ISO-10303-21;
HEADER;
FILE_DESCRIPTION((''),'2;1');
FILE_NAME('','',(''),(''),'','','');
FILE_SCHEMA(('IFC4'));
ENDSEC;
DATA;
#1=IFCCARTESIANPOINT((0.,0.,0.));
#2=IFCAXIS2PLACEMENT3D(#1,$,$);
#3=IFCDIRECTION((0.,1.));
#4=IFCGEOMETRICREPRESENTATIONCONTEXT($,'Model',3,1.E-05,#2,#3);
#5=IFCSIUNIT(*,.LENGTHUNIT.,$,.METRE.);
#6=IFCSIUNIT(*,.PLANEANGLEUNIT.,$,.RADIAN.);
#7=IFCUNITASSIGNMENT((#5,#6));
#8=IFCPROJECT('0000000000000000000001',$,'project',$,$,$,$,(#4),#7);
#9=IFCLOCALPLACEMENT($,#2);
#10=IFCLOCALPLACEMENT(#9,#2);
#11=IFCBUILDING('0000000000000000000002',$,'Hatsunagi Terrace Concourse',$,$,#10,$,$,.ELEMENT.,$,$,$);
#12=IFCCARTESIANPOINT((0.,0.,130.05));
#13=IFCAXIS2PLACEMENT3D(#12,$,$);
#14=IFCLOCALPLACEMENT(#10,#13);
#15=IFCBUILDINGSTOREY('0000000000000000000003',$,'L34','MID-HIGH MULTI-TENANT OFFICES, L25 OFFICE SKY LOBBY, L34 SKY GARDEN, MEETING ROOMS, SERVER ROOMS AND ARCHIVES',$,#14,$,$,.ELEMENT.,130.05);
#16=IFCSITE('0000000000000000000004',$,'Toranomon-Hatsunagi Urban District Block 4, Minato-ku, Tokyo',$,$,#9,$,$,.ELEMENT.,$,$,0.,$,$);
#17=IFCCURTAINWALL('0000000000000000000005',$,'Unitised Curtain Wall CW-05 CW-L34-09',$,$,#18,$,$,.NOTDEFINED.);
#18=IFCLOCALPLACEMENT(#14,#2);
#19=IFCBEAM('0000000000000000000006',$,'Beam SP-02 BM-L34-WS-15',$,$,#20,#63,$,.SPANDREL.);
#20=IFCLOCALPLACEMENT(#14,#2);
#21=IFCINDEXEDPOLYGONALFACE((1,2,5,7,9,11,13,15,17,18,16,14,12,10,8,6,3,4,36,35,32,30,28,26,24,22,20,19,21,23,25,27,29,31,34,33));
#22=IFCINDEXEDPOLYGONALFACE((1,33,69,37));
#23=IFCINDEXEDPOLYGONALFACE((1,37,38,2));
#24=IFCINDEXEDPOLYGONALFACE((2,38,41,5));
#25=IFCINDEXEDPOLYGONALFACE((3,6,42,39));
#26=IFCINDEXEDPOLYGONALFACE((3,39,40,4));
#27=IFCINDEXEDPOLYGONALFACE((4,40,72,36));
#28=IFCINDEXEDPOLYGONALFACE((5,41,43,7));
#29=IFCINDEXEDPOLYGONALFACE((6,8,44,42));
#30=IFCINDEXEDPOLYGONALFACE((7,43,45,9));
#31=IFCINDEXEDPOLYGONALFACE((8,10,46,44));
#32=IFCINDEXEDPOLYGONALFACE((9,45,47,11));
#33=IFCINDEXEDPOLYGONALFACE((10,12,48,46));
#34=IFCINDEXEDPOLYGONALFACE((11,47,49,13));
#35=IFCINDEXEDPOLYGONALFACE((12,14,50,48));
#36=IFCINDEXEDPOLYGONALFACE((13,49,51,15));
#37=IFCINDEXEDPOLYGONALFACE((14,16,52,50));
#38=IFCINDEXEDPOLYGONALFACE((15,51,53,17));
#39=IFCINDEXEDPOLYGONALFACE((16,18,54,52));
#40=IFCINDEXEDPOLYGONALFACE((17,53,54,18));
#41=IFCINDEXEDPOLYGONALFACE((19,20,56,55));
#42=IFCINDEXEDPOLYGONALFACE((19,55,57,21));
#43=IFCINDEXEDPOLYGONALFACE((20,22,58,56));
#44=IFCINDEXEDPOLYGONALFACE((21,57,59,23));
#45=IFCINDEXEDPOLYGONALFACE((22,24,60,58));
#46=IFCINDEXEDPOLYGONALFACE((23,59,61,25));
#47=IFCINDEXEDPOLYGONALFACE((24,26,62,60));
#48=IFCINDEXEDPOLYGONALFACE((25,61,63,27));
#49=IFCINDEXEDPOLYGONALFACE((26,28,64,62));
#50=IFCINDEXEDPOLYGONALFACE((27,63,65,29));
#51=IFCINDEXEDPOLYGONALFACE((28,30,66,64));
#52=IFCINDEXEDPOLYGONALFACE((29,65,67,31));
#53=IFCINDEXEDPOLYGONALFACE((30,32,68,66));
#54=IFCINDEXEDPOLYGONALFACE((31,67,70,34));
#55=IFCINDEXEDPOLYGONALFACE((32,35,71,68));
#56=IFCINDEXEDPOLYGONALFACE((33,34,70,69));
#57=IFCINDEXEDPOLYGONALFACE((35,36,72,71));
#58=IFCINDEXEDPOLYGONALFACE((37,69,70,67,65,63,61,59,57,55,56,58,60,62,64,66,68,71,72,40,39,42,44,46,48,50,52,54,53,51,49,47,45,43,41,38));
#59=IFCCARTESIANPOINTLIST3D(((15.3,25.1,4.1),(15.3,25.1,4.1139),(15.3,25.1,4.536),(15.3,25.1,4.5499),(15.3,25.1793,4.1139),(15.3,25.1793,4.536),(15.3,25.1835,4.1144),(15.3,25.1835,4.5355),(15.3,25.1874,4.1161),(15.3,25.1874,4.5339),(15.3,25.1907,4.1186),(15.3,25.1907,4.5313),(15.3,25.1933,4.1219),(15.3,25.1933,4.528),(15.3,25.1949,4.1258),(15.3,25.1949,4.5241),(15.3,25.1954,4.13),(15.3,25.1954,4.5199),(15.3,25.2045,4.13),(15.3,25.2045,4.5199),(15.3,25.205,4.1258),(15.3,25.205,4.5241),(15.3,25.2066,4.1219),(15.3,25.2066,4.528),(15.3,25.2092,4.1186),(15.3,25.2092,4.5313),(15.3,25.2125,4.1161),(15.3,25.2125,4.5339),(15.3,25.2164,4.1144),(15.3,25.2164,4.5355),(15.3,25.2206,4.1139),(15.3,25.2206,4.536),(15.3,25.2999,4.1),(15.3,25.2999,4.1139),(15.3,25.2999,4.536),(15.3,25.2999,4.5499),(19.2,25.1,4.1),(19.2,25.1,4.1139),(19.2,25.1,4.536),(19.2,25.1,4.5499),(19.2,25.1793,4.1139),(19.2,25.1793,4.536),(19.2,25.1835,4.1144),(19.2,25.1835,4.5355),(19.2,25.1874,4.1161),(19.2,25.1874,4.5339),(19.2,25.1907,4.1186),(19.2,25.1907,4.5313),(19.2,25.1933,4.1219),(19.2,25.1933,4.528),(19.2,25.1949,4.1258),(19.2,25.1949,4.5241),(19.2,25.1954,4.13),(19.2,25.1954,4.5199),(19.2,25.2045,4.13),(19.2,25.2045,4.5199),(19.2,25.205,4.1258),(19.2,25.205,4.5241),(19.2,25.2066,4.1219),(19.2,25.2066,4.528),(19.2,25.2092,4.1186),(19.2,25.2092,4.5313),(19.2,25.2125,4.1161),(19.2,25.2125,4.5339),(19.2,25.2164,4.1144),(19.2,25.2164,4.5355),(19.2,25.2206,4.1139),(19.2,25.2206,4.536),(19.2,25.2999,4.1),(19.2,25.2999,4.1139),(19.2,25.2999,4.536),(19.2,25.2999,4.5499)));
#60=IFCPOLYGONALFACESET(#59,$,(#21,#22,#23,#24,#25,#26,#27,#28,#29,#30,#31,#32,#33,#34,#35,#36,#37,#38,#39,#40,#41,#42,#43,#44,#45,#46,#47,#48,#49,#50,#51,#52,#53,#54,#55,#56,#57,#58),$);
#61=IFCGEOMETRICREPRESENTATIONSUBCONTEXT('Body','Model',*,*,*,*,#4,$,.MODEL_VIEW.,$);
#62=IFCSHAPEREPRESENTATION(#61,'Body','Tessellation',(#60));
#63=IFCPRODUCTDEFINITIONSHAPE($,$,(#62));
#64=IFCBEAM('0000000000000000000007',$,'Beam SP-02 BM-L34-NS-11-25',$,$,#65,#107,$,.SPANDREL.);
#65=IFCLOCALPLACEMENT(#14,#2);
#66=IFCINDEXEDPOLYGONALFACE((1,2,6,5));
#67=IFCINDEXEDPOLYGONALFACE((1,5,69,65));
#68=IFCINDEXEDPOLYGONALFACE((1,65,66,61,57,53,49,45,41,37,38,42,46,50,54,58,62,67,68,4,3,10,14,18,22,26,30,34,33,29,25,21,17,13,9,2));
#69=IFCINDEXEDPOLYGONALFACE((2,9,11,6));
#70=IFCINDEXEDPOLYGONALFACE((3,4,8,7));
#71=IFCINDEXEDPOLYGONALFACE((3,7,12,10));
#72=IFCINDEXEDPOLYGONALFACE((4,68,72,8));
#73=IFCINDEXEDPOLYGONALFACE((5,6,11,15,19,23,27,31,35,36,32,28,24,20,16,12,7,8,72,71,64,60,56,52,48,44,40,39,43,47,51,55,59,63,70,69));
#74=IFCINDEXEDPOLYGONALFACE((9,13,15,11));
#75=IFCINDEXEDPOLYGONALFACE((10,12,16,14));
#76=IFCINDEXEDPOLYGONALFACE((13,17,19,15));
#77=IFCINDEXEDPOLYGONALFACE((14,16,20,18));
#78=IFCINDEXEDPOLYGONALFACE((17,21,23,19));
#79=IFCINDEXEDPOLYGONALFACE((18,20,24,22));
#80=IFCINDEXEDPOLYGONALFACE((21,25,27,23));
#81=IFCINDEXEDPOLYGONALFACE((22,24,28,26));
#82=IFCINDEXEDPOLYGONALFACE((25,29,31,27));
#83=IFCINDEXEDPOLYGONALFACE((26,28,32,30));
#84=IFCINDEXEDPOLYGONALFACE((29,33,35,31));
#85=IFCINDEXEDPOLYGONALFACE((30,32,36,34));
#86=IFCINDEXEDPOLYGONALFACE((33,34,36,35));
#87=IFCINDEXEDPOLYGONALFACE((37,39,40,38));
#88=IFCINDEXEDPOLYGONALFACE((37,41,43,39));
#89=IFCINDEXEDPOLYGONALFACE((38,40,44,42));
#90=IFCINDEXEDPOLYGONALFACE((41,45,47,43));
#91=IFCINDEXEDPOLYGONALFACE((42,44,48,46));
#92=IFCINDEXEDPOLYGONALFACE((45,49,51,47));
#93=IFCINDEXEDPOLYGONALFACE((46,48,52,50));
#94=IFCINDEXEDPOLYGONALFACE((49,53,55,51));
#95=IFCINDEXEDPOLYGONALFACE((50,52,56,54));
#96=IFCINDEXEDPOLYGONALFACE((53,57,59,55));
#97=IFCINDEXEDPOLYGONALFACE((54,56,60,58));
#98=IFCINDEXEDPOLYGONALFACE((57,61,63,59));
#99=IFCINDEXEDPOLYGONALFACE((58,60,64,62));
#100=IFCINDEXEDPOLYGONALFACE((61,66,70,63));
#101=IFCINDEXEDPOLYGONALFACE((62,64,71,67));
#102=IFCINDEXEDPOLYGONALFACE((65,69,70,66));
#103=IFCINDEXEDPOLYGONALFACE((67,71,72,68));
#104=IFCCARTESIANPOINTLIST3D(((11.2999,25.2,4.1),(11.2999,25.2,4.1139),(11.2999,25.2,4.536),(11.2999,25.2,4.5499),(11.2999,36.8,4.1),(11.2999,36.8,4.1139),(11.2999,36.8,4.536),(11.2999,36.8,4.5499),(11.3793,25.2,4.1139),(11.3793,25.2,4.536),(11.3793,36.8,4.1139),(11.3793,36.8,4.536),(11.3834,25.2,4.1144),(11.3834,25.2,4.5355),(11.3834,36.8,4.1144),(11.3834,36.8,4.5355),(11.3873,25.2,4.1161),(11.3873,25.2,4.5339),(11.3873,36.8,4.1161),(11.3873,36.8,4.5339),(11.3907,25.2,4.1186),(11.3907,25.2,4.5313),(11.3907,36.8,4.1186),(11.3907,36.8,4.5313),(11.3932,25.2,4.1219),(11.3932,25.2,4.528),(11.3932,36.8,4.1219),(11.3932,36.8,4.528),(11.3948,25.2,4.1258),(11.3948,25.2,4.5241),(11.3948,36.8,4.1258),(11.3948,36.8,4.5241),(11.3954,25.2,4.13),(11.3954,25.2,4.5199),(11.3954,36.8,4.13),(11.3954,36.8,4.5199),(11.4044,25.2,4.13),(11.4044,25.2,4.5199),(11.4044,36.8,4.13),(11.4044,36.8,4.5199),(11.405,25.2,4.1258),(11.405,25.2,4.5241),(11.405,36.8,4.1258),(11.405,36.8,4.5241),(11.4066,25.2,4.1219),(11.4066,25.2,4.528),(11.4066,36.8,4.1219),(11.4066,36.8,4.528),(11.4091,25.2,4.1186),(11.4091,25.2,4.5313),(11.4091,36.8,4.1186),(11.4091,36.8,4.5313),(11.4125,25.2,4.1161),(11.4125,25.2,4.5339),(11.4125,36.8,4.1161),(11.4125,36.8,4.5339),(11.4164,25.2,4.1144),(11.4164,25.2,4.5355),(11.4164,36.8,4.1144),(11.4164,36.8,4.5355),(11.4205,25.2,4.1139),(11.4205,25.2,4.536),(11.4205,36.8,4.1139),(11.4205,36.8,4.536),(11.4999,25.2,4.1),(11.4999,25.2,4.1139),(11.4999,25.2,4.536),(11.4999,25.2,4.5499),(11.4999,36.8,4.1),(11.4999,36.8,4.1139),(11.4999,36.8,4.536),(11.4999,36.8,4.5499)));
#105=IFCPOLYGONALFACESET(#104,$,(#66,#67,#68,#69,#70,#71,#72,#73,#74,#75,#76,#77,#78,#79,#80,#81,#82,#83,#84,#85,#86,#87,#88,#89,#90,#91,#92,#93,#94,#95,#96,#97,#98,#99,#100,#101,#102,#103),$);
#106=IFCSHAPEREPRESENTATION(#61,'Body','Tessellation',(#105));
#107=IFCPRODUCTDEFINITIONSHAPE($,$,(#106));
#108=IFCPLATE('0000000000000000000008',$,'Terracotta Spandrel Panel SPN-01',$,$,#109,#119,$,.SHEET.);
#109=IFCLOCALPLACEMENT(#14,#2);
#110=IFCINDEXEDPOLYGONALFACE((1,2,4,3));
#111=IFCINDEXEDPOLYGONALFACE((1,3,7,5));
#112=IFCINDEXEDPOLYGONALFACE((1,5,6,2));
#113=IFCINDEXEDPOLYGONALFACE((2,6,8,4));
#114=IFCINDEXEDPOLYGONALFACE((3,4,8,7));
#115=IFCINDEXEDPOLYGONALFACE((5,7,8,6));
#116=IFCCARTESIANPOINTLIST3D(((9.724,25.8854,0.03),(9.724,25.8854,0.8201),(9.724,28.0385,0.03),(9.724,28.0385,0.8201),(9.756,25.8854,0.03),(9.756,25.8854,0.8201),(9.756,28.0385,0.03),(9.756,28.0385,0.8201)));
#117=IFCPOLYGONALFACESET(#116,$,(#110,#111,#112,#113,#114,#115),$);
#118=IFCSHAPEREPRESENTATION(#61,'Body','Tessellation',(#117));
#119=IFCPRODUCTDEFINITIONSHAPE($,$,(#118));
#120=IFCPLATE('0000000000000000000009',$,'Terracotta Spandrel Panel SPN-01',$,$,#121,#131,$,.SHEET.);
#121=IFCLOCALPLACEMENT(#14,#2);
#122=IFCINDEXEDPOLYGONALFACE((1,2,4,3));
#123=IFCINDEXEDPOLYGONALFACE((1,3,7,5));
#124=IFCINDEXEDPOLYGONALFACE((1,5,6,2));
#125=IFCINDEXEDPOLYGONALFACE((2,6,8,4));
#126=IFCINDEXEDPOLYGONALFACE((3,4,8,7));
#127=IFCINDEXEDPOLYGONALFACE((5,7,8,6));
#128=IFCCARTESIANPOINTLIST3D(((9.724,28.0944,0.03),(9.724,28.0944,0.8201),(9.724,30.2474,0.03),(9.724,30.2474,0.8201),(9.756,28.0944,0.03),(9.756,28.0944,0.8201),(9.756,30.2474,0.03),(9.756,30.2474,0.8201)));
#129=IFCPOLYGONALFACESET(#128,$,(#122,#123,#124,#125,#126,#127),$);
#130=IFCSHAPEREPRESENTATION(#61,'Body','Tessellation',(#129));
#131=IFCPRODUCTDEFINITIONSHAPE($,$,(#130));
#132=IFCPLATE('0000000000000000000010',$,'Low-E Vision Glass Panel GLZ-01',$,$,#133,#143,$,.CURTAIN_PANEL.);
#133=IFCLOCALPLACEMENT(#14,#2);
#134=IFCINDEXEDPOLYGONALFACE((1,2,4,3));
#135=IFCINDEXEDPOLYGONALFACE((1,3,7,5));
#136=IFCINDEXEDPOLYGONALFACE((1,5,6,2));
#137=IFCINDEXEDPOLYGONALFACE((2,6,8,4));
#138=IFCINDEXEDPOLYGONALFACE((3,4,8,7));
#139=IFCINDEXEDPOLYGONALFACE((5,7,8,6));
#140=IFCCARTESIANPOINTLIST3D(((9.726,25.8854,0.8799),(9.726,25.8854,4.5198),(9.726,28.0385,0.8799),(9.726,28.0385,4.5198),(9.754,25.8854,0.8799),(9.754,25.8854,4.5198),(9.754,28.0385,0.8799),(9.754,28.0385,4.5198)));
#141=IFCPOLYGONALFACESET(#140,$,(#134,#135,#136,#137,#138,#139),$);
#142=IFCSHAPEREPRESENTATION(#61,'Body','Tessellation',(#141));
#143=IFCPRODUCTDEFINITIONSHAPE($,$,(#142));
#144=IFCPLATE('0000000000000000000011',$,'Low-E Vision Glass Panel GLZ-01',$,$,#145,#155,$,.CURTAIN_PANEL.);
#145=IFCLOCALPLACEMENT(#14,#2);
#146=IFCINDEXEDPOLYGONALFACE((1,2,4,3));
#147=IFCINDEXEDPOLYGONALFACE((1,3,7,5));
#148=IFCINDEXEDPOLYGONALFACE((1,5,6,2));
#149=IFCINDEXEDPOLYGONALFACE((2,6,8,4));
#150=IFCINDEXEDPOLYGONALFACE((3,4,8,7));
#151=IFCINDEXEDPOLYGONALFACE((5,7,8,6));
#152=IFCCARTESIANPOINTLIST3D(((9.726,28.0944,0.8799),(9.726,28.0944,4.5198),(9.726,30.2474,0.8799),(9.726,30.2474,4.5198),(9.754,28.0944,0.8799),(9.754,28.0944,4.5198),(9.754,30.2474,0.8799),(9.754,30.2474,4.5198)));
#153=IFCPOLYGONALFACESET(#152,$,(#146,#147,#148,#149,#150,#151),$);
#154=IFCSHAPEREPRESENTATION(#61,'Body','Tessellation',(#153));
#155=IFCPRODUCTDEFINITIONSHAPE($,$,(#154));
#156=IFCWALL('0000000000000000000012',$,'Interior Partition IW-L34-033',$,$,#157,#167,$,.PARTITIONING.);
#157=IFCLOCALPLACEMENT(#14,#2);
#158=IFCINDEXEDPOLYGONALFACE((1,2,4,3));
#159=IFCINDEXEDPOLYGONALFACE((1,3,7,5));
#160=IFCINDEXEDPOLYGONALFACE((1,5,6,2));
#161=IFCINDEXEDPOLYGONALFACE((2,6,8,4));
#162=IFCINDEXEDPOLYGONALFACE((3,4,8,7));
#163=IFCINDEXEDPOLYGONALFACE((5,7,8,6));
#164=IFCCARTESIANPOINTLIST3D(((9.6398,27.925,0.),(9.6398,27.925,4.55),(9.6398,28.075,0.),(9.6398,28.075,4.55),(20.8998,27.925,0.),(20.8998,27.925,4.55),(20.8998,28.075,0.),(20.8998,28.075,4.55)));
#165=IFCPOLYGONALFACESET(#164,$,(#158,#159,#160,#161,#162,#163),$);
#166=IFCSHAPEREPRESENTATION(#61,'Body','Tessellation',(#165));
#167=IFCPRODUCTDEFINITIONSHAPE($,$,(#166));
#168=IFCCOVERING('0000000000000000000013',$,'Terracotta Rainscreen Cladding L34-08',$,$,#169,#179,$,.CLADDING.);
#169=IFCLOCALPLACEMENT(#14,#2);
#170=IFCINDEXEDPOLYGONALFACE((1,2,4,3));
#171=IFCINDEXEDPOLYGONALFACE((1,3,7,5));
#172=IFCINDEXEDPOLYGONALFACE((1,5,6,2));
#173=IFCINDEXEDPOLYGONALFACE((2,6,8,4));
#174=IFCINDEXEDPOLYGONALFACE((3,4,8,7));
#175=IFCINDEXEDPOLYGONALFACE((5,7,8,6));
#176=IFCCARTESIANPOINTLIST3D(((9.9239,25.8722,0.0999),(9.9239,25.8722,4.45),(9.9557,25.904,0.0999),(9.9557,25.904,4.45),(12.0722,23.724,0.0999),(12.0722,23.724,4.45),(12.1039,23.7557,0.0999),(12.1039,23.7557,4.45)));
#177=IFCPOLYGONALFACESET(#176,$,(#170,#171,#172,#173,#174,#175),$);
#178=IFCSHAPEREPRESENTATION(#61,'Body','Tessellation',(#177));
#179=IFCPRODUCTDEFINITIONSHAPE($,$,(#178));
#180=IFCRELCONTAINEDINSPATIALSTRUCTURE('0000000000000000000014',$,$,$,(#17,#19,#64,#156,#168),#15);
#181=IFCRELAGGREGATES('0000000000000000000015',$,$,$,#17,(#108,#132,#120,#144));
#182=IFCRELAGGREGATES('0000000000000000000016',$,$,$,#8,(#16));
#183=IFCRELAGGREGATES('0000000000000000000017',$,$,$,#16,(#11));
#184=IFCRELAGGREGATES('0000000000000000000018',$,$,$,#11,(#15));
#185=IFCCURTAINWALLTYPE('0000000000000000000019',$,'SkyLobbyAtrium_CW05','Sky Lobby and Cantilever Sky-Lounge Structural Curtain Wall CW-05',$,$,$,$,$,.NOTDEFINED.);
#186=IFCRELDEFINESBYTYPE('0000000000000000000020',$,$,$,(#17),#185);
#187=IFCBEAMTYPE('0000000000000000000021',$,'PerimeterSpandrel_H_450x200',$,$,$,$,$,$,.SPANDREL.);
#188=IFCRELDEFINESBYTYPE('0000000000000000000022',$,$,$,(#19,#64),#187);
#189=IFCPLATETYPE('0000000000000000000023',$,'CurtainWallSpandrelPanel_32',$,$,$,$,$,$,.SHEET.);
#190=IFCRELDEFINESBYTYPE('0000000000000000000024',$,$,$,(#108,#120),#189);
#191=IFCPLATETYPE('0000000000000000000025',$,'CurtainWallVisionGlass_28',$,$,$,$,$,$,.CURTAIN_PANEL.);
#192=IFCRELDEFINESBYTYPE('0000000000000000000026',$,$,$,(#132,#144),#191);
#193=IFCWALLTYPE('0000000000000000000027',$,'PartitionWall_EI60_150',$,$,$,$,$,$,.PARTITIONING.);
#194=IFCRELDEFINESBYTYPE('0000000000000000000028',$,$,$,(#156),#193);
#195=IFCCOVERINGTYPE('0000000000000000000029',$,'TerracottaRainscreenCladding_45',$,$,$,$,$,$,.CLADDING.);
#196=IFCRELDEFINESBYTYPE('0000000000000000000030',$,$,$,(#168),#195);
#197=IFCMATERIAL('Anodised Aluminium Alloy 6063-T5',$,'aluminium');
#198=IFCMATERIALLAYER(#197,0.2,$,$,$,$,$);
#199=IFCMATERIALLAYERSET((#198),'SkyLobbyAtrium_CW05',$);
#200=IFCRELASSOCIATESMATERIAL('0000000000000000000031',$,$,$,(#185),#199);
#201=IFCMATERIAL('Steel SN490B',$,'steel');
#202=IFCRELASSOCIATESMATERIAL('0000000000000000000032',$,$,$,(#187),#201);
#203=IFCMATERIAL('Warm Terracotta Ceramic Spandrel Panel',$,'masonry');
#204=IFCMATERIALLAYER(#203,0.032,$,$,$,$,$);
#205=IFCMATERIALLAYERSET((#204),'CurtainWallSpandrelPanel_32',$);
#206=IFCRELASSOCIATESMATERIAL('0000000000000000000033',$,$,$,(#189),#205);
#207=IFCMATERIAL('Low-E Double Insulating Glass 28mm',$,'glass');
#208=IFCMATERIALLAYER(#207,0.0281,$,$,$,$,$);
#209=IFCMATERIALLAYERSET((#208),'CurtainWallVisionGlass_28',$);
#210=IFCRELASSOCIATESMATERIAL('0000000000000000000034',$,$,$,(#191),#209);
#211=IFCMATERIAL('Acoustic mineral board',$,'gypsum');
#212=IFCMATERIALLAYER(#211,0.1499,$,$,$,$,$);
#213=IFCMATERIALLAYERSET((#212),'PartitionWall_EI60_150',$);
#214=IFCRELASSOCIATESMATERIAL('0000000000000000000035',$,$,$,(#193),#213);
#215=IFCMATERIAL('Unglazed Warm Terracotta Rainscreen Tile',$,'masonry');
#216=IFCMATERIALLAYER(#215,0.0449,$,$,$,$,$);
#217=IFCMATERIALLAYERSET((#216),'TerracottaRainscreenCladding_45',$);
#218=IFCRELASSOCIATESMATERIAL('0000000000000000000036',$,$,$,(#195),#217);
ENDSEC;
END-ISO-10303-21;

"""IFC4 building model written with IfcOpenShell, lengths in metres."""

from ifc_helpers import new_model, si_unit, direction, frame, frame_2d, origin, origin_2d, place, context, subcontext, project, spatial, rectangle, i_section, extrude, material, layer, layer_set, material_profile, profile_set, type_object, element, aggregate, save


model = new_model("IFC4")

# Units and contexts
model_context = context("Model", 3, precision=1e-05, world=origin(), true_north=direction((0.0, 1.0)))
body_context = subcontext(model_context, "Body", "Model", "MODEL_VIEW")
ifc_project = project(units=[si_unit("LENGTHUNIT", "METRE"), si_unit("PLANEANGLEUNIT", "RADIAN")], contexts=[model_context])

# Site, building, storey
site_placement = place(None, origin())
site = spatial("IfcSite", under=ifc_project, at=site_placement, Name="Toranomon-Hatsunagi Urban District Block 4, Minato-ku, Tokyo", CompositionType="ELEMENT", RefElevation=0.0)
building_placement = place(site_placement, origin())
building = spatial("IfcBuilding", under=site, at=building_placement, Name="Hatsunagi Terrace Concourse", CompositionType="ELEMENT")
storey_placement = place(building_placement, frame((0.0, 0.0, 130.05)))
storey = spatial("IfcBuildingStorey", under=building, at=storey_placement, Name="L34", Description="MID-HIGH MULTI-TENANT OFFICES, L25 OFFICE SKY LOBBY, L34 SKY GARDEN, MEETING ROOMS, SERVER ROOMS AND ARCHIVES", CompositionType="ELEMENT", Elevation=130.05)

# Curtain wall
ifc_material_1 = material(Name="Anodised Aluminium Alloy 6063-T5", Category="aluminium")
ifc_layer_1 = layer(ifc_material_1, 0.2)
ifc_layer_set_1 = layer_set([ifc_layer_1], Name="SkyLobbyAtrium_CW05")
curtain_wall_type = type_object("IfcCurtainWallType", Name="SkyLobbyAtrium_CW05", Description="Sky Lobby and Cantilever Sky-Lounge Structural Curtain Wall CW-05", PredefinedType="NOTDEFINED", material=ifc_layer_set_1)
curtain_wall_1_placement = place(storey_placement, origin())
curtain_wall_1 = element("IfcCurtainWall", 1, at=curtain_wall_1_placement, inside=storey, type_object=curtain_wall_type, Name="Unitised Curtain Wall CW-05 CW-L34-09", PredefinedType="NOTDEFINED")

# Beams
ifc_material_2 = material(Name="Steel SN490B", Category="steel")
ifc_material_profile_1 = material_profile(ifc_material_2, i_section(OverallWidth=0.2, OverallDepth=0.45, WebThickness=0.009, FlangeThickness=0.0139, FilletRadius=0.0161, at=origin_2d()), Name="H-450x200x9x14")
ifc_profile_set_1 = profile_set([ifc_material_profile_1], Name="Steel SN490B")
beam_type_1 = type_object("IfcBeamType", Name="PerimeterSpandrel_H_450x200", PredefinedType="SPANDREL", material=ifc_profile_set_1)
beam_1_placement = place(storey_placement, frame((15.3, 25.2, 4.325), z_axis=(1.0, 0.0, 0.0), x_axis=(0.0, 1.0, 0.0)))
element("IfcBeam", 2, at=beam_1_placement, inside=storey, type_object=beam_type_1, Name="Beam SP-02 BM-L34-WS-15", PredefinedType="SPANDREL", context=body_context, shape_type="SweptSolid", body=[
    extrude(i_section(OverallWidth=0.2, OverallDepth=0.45, WebThickness=0.009, FlangeThickness=0.0139, FilletRadius=0.0161, at=origin_2d()), origin(), (0.0, 0.0, 1.0), 3.8999),
])
beam_2_placement = place(storey_placement, frame((11.3999, 25.2, 4.325), z_axis=(0.0, 1.0, 0.0), x_axis=(-1.0, 0.0, 0.0)))
element("IfcBeam", 3, at=beam_2_placement, inside=storey, type_object=beam_type_1, Name="Beam SP-02 BM-L34-NS-11-25", PredefinedType="SPANDREL", context=body_context, shape_type="SweptSolid", body=[
    extrude(i_section(OverallWidth=0.2, OverallDepth=0.45, WebThickness=0.009, FlangeThickness=0.0139, FilletRadius=0.0161, at=origin_2d()), origin(), (0.0, 0.0, 1.0), 11.6001),
])

# Plates
ifc_material_3 = material(Name="Warm Terracotta Ceramic Spandrel Panel", Category="masonry")
ifc_layer_2 = layer(ifc_material_3, 0.032)
ifc_layer_set_2 = layer_set([ifc_layer_2], Name="CurtainWallSpandrelPanel_32")
plate_type_1 = type_object("IfcPlateType", Name="CurtainWallSpandrelPanel_32", PredefinedType="SHEET", material=ifc_layer_set_2)
plate_1_placement = place(storey_placement, frame((9.74, 26.9619, 0.03), z_axis=(0.0, 0.0, 1.0), x_axis=(0.0, 1.0, 0.0)))
plate_1 = element("IfcPlate", 4, at=plate_1_placement, type_object=plate_type_1, Name="Terracotta Spandrel Panel SPN-01", PredefinedType="SHEET", context=body_context, shape_type="SweptSolid", body=[
    extrude(rectangle(XDim=2.1531, YDim=0.032, at=origin_2d()), origin(), (0.0, 0.0, 1.0), 0.79),
])
plate_2_placement = place(storey_placement, frame((9.74, 29.1709, 0.03), z_axis=(0.0, 0.0, 1.0), x_axis=(0.0, 1.0, 0.0)))
plate_2 = element("IfcPlate", 5, at=plate_2_placement, type_object=plate_type_1, Name="Terracotta Spandrel Panel SPN-01", PredefinedType="SHEET", context=body_context, shape_type="SweptSolid", body=[
    extrude(rectangle(XDim=2.1531, YDim=0.032, at=origin_2d()), origin(), (0.0, 0.0, 1.0), 0.79),
])
ifc_material_4 = material(Name="Low-E Double Insulating Glass 28mm", Category="glass")
ifc_layer_3 = layer(ifc_material_4, 0.0281)
ifc_layer_set_3 = layer_set([ifc_layer_3], Name="CurtainWallVisionGlass_28")
plate_type_2 = type_object("IfcPlateType", Name="CurtainWallVisionGlass_28", PredefinedType="CURTAIN_PANEL", material=ifc_layer_set_3)
plate_3_placement = place(storey_placement, frame((9.74, 26.9619, 0.8799), z_axis=(0.0, 0.0, 1.0), x_axis=(0.0, 1.0, 0.0)))
plate_3 = element("IfcPlate", 6, at=plate_3_placement, type_object=plate_type_2, Name="Low-E Vision Glass Panel GLZ-01", PredefinedType="CURTAIN_PANEL", context=body_context, shape_type="SweptSolid", body=[
    extrude(rectangle(XDim=2.1531, YDim=0.0281, at=origin_2d()), origin(), (0.0, 0.0, 1.0), 3.6399),
])
plate_4_placement = place(storey_placement, frame((9.74, 29.1709, 0.8799), z_axis=(0.0, 0.0, 1.0), x_axis=(0.0, 1.0, 0.0)))
plate_4 = element("IfcPlate", 7, at=plate_4_placement, type_object=plate_type_2, Name="Low-E Vision Glass Panel GLZ-01", PredefinedType="CURTAIN_PANEL", context=body_context, shape_type="SweptSolid", body=[
    extrude(rectangle(XDim=2.1531, YDim=0.0281, at=origin_2d()), origin(), (0.0, 0.0, 1.0), 3.6399),
])
aggregate(curtain_wall_1, [plate_1, plate_3, plate_2, plate_4])

# Wall
ifc_material_5 = material(Name="Acoustic mineral board", Category="gypsum")
ifc_layer_4 = layer(ifc_material_5, 0.1499)
ifc_layer_set_4 = layer_set([ifc_layer_4], Name="PartitionWall_EI60_150")
wall_type = type_object("IfcWallType", Name="PartitionWall_EI60_150", PredefinedType="PARTITIONING", material=ifc_layer_set_4)
wall_placement = place(storey_placement, frame((9.6399, 28.0, 0.0), z_axis=(0.0, 0.0, 1.0), x_axis=(1.0, 0.0, 0.0)))
element("IfcWall", 8, at=wall_placement, inside=storey, type_object=wall_type, Name="Interior Partition IW-L34-033", PredefinedType="PARTITIONING", context=body_context, shape_type="SweptSolid", body=[
    extrude(rectangle(XDim=11.26, YDim=0.1499, at=frame_2d((5.6299, 0.0))), origin(), (0.0, 0.0, 1.0), 4.55),
])

# Covering
ifc_material_6 = material(Name="Unglazed Warm Terracotta Rainscreen Tile", Category="masonry")
ifc_layer_5 = layer(ifc_material_6, 0.0449)
ifc_layer_set_5 = layer_set([ifc_layer_5], Name="TerracottaRainscreenCladding_45")
covering_type = type_object("IfcCoveringType", Name="TerracottaRainscreenCladding_45", PredefinedType="CLADDING", material=ifc_layer_set_5)
covering_placement = place(storey_placement, frame((11.0139, 24.814, 0.0999), z_axis=(0.0, 0.0, 1.0), x_axis=(-0.707107, 0.707107, 0.0)))
element("IfcCovering", 9, at=covering_placement, inside=storey, type_object=covering_type, Name="Terracotta Rainscreen Cladding L34-08", PredefinedType="CLADDING", context=body_context, shape_type="SweptSolid", body=[
    extrude(rectangle(XDim=3.0381, YDim=0.0449, at=origin_2d()), origin(), (0.0, 0.0, 1.0), 4.3501),
])

save(model, "model.ifc")
